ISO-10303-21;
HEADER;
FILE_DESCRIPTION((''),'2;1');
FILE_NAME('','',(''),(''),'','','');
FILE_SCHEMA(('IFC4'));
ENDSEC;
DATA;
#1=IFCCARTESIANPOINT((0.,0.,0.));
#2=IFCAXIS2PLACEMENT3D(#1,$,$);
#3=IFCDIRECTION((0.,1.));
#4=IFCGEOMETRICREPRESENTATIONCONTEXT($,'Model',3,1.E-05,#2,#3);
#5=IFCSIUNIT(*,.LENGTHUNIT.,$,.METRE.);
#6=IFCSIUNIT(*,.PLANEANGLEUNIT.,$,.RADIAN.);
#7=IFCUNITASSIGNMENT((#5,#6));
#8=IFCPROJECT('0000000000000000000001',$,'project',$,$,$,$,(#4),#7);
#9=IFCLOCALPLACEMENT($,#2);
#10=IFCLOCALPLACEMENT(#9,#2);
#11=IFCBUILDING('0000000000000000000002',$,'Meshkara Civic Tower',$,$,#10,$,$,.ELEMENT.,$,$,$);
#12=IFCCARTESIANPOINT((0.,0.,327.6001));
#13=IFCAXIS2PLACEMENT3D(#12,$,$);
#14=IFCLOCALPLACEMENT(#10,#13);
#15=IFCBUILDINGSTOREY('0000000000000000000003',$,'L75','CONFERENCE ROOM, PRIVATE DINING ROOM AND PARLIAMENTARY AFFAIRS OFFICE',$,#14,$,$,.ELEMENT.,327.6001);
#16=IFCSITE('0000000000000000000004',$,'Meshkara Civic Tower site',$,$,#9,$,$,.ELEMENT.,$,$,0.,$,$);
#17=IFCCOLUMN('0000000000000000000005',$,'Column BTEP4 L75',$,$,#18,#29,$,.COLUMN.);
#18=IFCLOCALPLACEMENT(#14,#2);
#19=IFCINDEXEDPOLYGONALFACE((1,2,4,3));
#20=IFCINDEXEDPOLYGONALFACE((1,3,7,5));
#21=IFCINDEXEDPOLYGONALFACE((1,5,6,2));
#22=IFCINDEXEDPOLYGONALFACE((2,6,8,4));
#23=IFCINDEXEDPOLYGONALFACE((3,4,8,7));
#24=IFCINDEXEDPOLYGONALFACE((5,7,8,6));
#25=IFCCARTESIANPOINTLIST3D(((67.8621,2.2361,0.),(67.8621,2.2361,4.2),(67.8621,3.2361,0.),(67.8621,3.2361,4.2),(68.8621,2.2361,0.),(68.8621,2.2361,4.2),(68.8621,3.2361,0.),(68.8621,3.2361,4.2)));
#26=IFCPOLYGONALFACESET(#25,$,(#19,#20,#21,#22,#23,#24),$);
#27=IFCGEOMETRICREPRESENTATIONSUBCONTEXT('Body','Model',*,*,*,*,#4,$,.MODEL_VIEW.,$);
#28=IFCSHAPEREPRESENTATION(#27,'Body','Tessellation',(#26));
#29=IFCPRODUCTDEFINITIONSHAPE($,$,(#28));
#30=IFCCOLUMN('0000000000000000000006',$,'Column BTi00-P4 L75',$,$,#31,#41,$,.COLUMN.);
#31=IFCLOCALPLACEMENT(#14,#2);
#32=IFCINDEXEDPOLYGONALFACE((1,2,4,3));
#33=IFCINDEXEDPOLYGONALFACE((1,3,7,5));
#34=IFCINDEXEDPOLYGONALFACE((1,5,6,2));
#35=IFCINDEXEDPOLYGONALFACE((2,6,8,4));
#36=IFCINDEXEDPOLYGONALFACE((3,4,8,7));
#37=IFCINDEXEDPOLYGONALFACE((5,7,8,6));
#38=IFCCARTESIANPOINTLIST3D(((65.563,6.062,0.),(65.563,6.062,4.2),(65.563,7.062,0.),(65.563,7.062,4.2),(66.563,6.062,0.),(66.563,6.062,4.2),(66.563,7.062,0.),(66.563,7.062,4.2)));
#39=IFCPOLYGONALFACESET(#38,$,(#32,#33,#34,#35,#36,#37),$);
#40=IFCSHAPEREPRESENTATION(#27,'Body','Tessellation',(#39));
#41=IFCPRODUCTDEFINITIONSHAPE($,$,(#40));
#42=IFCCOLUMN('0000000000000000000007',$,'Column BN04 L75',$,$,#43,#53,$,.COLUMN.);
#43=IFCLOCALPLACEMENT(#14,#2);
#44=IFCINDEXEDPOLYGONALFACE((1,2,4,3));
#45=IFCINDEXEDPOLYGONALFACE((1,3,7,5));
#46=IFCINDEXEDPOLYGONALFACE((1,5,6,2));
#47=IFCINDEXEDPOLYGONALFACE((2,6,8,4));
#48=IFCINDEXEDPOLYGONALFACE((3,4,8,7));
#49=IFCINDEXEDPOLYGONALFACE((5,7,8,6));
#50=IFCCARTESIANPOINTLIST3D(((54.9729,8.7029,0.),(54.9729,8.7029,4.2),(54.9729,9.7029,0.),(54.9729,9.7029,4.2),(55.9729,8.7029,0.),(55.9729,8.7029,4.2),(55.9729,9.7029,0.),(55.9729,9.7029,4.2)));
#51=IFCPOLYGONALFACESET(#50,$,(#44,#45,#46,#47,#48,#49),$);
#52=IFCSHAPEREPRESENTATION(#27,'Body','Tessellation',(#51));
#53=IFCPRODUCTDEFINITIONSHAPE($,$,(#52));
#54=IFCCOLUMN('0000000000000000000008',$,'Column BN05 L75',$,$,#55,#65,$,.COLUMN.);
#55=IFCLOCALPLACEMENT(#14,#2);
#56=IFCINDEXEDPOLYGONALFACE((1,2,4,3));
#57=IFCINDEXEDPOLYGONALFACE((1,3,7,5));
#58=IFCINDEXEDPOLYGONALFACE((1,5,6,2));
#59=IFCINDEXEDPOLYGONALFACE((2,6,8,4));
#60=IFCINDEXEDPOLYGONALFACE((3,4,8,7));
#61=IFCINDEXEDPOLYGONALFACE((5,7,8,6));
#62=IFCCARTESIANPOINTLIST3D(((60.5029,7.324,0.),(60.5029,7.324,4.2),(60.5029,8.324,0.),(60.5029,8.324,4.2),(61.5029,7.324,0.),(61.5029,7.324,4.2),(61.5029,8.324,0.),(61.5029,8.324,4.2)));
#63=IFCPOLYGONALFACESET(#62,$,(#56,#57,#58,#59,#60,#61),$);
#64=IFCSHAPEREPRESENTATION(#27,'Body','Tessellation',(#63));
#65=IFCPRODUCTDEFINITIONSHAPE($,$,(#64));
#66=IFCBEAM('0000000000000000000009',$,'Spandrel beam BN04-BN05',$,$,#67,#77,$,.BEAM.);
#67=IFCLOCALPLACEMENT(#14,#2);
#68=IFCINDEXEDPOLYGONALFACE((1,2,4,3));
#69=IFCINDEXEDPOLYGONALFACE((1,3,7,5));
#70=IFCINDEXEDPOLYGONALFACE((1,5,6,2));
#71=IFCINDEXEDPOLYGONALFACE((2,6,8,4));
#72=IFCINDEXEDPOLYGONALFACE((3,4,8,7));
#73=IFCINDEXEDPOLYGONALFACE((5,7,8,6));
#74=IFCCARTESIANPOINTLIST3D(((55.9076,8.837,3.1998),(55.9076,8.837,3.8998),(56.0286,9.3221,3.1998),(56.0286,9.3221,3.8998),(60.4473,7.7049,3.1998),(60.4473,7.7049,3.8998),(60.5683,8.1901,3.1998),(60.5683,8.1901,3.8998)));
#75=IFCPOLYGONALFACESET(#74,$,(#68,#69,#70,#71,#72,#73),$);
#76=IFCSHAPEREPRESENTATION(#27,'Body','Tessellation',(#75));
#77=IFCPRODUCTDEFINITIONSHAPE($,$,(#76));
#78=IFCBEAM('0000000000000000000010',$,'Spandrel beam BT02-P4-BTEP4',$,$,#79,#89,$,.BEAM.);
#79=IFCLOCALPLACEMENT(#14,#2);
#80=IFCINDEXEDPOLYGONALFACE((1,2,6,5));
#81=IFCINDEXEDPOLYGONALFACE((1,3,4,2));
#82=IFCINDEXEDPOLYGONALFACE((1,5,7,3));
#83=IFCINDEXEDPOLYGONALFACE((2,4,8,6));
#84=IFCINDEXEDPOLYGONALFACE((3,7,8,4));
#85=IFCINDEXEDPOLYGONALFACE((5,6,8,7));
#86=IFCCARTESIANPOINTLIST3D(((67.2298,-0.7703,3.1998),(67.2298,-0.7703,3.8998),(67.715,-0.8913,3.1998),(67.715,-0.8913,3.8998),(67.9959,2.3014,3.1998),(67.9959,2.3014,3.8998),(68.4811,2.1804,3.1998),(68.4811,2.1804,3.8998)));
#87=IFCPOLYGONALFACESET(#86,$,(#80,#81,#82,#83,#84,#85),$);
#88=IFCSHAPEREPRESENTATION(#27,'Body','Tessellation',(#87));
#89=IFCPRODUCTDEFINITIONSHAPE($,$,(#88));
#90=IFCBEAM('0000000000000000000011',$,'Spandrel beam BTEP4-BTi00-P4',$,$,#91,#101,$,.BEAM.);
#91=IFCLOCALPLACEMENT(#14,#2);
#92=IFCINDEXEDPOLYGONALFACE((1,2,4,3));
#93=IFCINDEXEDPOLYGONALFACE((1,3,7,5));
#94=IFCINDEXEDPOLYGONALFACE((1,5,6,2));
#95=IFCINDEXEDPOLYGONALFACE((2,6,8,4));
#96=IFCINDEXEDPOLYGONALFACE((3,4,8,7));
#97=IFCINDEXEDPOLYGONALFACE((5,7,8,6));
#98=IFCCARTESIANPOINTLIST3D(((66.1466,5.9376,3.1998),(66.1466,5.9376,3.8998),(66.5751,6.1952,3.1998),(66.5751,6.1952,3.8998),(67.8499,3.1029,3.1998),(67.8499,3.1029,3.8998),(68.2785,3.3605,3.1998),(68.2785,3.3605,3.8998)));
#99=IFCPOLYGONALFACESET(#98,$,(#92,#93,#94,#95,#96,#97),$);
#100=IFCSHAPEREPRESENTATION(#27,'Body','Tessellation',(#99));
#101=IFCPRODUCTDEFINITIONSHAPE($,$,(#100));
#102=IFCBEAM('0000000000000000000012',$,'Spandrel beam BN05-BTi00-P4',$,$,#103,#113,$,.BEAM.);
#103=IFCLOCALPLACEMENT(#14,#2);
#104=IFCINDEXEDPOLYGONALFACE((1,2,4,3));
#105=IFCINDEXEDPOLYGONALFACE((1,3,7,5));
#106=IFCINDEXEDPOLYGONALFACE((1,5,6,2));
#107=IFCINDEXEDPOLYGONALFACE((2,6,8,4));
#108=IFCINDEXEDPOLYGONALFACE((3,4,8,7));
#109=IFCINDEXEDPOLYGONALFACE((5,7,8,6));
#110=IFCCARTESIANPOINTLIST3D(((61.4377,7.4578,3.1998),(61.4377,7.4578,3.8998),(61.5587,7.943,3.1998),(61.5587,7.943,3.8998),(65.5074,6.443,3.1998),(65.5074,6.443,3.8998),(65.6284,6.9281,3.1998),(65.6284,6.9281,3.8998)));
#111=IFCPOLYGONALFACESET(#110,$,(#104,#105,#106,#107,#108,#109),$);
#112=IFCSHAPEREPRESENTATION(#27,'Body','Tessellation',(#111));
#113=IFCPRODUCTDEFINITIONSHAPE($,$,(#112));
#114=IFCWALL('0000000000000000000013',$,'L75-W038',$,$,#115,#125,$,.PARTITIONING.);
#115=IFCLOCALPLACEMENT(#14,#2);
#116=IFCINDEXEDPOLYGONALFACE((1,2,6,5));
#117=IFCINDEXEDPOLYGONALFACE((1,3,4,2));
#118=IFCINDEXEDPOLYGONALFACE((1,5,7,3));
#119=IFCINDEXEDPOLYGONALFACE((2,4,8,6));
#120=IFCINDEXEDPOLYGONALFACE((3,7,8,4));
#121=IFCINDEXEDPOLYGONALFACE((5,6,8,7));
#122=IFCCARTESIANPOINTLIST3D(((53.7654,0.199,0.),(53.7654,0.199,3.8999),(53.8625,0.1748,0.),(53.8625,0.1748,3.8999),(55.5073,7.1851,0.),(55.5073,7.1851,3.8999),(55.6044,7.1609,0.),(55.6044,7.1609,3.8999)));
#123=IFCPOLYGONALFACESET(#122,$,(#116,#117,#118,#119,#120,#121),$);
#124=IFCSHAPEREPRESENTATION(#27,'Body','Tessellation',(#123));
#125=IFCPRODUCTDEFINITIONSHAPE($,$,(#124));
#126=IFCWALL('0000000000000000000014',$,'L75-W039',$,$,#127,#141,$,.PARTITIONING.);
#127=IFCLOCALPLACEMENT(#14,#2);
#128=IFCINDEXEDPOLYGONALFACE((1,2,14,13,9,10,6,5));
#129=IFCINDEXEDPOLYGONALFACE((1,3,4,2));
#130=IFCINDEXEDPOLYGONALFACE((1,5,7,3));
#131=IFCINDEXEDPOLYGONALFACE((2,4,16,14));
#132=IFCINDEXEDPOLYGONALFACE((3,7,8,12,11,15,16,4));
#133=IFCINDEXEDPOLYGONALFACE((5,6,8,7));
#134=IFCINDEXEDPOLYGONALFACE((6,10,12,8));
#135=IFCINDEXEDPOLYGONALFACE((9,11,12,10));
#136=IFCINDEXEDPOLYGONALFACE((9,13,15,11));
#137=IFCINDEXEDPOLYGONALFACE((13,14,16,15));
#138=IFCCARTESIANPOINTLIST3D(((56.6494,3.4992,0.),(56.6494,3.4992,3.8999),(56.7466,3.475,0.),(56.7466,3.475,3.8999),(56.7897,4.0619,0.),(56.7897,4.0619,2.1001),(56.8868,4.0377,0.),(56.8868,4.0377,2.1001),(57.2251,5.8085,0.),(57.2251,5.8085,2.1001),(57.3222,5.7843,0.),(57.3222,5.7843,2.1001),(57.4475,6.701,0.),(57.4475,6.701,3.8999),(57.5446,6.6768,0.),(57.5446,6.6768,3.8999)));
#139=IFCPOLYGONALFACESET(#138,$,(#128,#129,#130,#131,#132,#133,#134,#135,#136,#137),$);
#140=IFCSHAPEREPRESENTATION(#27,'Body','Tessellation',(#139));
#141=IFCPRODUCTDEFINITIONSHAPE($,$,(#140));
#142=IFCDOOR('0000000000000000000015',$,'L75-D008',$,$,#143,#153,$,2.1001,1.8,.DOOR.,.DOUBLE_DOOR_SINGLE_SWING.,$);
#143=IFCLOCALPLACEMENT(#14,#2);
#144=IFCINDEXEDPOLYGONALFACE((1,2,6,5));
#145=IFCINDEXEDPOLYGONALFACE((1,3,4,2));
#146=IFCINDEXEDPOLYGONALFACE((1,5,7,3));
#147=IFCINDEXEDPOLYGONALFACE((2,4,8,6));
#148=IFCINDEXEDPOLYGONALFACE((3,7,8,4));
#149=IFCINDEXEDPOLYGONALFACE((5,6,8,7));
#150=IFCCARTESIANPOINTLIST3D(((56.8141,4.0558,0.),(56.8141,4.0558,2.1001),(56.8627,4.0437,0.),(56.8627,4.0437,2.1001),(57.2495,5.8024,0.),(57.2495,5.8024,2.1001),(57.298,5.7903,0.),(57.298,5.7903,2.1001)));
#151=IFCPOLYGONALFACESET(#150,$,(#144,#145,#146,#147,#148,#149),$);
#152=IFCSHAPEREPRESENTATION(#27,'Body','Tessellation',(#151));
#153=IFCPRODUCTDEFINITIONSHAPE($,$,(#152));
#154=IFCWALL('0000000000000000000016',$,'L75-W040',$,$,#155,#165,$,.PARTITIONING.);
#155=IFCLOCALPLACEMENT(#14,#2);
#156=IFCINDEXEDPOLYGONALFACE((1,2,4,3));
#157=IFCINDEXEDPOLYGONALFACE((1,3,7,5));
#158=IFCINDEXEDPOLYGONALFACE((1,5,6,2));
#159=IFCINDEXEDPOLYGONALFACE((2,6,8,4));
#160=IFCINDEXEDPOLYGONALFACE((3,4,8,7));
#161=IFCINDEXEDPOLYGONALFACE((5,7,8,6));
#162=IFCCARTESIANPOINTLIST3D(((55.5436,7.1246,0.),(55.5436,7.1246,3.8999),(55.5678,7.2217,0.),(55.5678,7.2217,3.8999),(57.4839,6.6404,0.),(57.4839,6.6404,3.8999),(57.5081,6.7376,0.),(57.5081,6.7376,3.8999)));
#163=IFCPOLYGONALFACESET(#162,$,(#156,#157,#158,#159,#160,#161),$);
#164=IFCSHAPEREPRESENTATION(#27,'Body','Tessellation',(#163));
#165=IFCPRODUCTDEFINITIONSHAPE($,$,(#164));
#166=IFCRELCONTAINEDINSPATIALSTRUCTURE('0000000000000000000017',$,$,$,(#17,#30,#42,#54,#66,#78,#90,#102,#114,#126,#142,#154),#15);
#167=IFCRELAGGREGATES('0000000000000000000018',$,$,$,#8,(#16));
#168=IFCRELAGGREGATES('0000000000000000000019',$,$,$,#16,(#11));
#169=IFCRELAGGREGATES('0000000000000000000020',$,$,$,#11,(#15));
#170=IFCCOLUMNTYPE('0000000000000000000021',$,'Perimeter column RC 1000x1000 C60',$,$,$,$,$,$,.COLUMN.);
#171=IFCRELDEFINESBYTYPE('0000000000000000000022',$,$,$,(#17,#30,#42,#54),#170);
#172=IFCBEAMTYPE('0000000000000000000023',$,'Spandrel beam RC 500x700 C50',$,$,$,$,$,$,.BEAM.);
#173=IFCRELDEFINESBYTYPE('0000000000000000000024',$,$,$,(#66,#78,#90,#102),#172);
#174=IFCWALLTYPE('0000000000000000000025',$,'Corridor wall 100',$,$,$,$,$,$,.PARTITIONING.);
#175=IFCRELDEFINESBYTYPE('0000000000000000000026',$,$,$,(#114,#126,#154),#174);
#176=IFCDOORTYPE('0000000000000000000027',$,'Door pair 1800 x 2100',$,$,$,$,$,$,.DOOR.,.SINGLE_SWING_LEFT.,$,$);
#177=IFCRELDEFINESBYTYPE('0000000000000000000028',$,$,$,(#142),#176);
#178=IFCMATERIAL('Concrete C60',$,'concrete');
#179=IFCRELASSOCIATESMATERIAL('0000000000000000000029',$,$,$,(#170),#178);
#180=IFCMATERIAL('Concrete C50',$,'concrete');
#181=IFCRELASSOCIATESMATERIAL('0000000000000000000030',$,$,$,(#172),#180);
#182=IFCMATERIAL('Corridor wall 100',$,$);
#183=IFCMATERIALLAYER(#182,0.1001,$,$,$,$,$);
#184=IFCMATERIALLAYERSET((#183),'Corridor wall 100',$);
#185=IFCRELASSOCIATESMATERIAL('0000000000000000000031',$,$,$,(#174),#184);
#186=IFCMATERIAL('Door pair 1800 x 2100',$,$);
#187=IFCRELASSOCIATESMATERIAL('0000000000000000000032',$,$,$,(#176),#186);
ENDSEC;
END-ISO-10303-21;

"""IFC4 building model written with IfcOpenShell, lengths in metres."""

from ifc_helpers import new_model, si_unit, direction, frame, frame_2d, origin, origin_2d, place, context, subcontext, project, spatial, rectangle, extrude, material, layer, layer_set, material_profile, profile_set, type_object, element, fill, save


model = new_model("IFC4")

# Units and contexts
model_context = context("Model", 3, precision=1e-05, world=origin(), true_north=direction((0.0, 1.0)))
body_context = subcontext(model_context, "Body", "Model", "MODEL_VIEW")
ifc_project = project(units=[si_unit("LENGTHUNIT", "METRE"), si_unit("PLANEANGLEUNIT", "RADIAN")], contexts=[model_context])

# Site, building, storey
site_placement = place(None, origin())
site = spatial("IfcSite", under=ifc_project, at=site_placement, Name="Meshkara Civic Tower site", CompositionType="ELEMENT", RefElevation=0.0)
building_placement = place(site_placement, origin())
building = spatial("IfcBuilding", under=site, at=building_placement, Name="Meshkara Civic Tower", CompositionType="ELEMENT")
storey_placement = place(building_placement, frame((0.0, 0.0, 327.6001)))
storey = spatial("IfcBuildingStorey", under=building, at=storey_placement, Name="L75", Description="CONFERENCE ROOM, PRIVATE DINING ROOM AND PARLIAMENTARY AFFAIRS OFFICE", CompositionType="ELEMENT", Elevation=327.6001)

# Columns
ifc_material_1 = material(Name="Concrete C60", Category="concrete")
ifc_material_profile_1 = material_profile(ifc_material_1, rectangle(XDim=1.0, YDim=1.0, at=origin_2d()))
ifc_profile_set_1 = profile_set([ifc_material_profile_1], Name="Concrete C60")
column_type = type_object("IfcColumnType", Name="Perimeter column RC 1000x1000 C60", PredefinedType="COLUMN", material=ifc_profile_set_1)
for number, where, z_axis, x_axis, name in (
    (1, (68.3621, 2.7361, 0.0), (0.0, 0.0, 1.0), (1.0, 0.0, 0.0), "Column BTEP4 L75"),
    (2, (66.063, 6.562, 0.0), (0.0, 0.0, 1.0), (1.0, 0.0, 0.0), "Column BTi00-P4 L75"),
    (3, (55.4729, 9.2029, 0.0), (0.0, 0.0, 1.0), (1.0, 0.0, 0.0), "Column BN04 L75"),
    (4, (61.0029, 7.824, 0.0), (0.0, 0.0, 1.0), (1.0, 0.0, 0.0), "Column BN05 L75"),
):
    element("IfcColumn", number, at=place(storey_placement, frame(where, z_axis=z_axis, x_axis=x_axis)), inside=storey, type_object=column_type, Name=name, PredefinedType="COLUMN", context=body_context, shape_type="SweptSolid", body=[
        extrude(rectangle(XDim=1.0, YDim=1.0, at=origin_2d()), origin(), (0.0, 0.0, 1.0), 4.2),
    ])

# Beams
ifc_material_2 = material(Name="Concrete C50", Category="concrete")
ifc_material_profile_2 = material_profile(ifc_material_2, rectangle(XDim=0.5, YDim=0.7, at=origin_2d()))
ifc_profile_set_2 = profile_set([ifc_material_profile_2], Name="Concrete C50")
beam_type = type_object("IfcBeamType", Name="Spandrel beam RC 500x700 C50", PredefinedType="BEAM", material=ifc_profile_set_2)
beam_1_placement = place(storey_placement, frame((60.5078, 7.9475, 3.5498), z_axis=(-0.970287, 0.241959, 0.0), x_axis=(-0.241959, -0.970287, 0.0)))
element("IfcBeam", 5, at=beam_1_placement, inside=storey, type_object=beam_type, Name="Spandrel beam BN04-BN05", PredefinedType="BEAM", context=body_context, shape_type="SweptSolid", body=[
    extrude(rectangle(XDim=0.5, YDim=0.7, at=origin_2d()), origin(), (0.0, 0.0, 1.0), 4.6787),
])
beam_2_placement = place(storey_placement, frame((67.4724, -0.8308, 3.5498), z_axis=(0.241991, 0.970278, 0.0), x_axis=(-0.970278, 0.241991, 0.0)))
element("IfcBeam", 6, at=beam_2_placement, inside=storey, type_object=beam_type, Name="Spandrel beam BT02-P4-BTEP4", PredefinedType="BEAM", context=body_context, shape_type="SweptSolid", body=[
    extrude(rectangle(XDim=0.5, YDim=0.7, at=origin_2d()), origin(), (0.0, 0.0, 1.0), 3.1658),
])
beam_3_placement = place(storey_placement, frame((68.0642, 3.2317, 3.5498), z_axis=(-0.51506, 0.857154, 0.0), x_axis=(-0.857154, -0.51506, 0.0)))
element("IfcBeam", 7, at=beam_3_placement, inside=storey, type_object=beam_type, Name="Spandrel beam BTEP4-BTi00-P4", PredefinedType="BEAM", context=body_context, shape_type="SweptSolid", body=[
    extrude(rectangle(XDim=0.5, YDim=0.7, at=origin_2d()), origin(), (0.0, 0.0, 1.0), 3.3071),
])
beam_4_placement = place(storey_placement, frame((65.5679, 6.6855, 3.5498), z_axis=(-0.970286, 0.24196, 0.0), x_axis=(-0.24196, -0.970286, 0.0)))
element("IfcBeam", 8, at=beam_4_placement, inside=storey, type_object=beam_type, Name="Spandrel beam BN05-BTi00-P4", PredefinedType="BEAM", context=body_context, shape_type="SweptSolid", body=[
    extrude(rectangle(XDim=0.5, YDim=0.7, at=origin_2d()), origin(), (0.0, 0.0, 1.0), 4.1943),
])

# Wall
ifc_material_3 = material(Name="Corridor wall 100")
ifc_layer_1 = layer(ifc_material_3, 0.1001)
ifc_layer_set_1 = layer_set([ifc_layer_1], Name="Corridor wall 100")
wall_type_1 = type_object("IfcWallType", Name="Corridor wall 100", PredefinedType="PARTITIONING", material=ifc_layer_set_1)
wall_1_placement = place(storey_placement, frame((55.5559, 7.1731, 0.0), z_axis=(0.0, 0.0, 1.0), x_axis=(-0.241937, -0.970292, 0.0)))
element("IfcWall", 9, at=wall_1_placement, inside=storey, type_object=wall_type_1, Name="L75-W038", PredefinedType="PARTITIONING", context=body_context, shape_type="SweptSolid", body=[
    extrude(rectangle(XDim=7.2, YDim=0.1001, at=frame_2d((3.6001, 0.0))), origin(), (0.0, 0.0, 1.0), 3.8999),
])

# Wall, opening, door
wall_2_placement = place(storey_placement, frame((56.698, 3.4871, 0.0), z_axis=(0.0, 0.0, 1.0), x_axis=(0.241857, 0.970312, 0.0)))
wall_2 = element("IfcWall", 10, at=wall_2_placement, inside=storey, type_object=wall_type_1, Name="L75-W039", PredefinedType="PARTITIONING", context=body_context, shape_type="SweptSolid", body=[
    extrude(rectangle(XDim=3.2998, YDim=0.1001, at=frame_2d((1.6499, 0.0))), origin(), (0.0, 0.0, 1.0), 3.8999),
])
opening_1_placement = place(wall_2_placement, frame((0.5801, 0.0, 0.0)))
opening_1 = element("IfcOpeningElement", 11, at=opening_1_placement, cuts=wall_2, PredefinedType="OPENING", context=body_context, shape_type="SweptSolid", body=[
    extrude(rectangle(XDim=1.8, YDim=2.1001, at=frame_2d((0.8999, 1.05))), frame((0.0, 0.0601, 0.0), z_axis=(0.0, -1.0, 0.0), x_axis=(1.0, 0.0, 0.0)), (0.0, 0.0, 1.0), 0.1201),
])
ifc_material_4 = material(Name="Door pair 1800 x 2100")
door_type = type_object("IfcDoorType", Name="Door pair 1800 x 2100", OperationType="SINGLE_SWING_LEFT", PredefinedType="DOOR", material=ifc_material_4)
door_placement = place(opening_1_placement, origin())
door = element("IfcDoor", 12, at=door_placement, inside=storey, type_object=door_type, Name="L75-D008", OperationType="DOUBLE_DOOR_SINGLE_SWING", OverallHeight=2.1001, OverallWidth=1.8, PredefinedType="DOOR", context=body_context, shape_type="SweptSolid", body=[
    extrude(rectangle(XDim=1.8, YDim=2.1001, at=frame_2d((0.8999, 1.05))), frame((0.0, 0.0249, 0.0), z_axis=(0.0, -1.0, 0.0), x_axis=(1.0, 0.0, 0.0)), (0.0, 0.0, 1.0), 0.05),
])
fill(opening_1, door)

# Wall
wall_3_placement = place(storey_placement, frame((57.4961, 6.689, 0.0), z_axis=(0.0, 0.0, 1.0), x_axis=(-0.97025, 0.242105, 0.0)))
element("IfcWall", 13, at=wall_3_placement, inside=storey, type_object=wall_type_1, Name="L75-W040", PredefinedType="PARTITIONING", context=body_context, shape_type="SweptSolid", body=[
    extrude(rectangle(XDim=1.9998, YDim=0.1001, at=frame_2d((1.0, 0.0))), origin(), (0.0, 0.0, 1.0), 3.8999),
])

save(model, "model.ifc")
